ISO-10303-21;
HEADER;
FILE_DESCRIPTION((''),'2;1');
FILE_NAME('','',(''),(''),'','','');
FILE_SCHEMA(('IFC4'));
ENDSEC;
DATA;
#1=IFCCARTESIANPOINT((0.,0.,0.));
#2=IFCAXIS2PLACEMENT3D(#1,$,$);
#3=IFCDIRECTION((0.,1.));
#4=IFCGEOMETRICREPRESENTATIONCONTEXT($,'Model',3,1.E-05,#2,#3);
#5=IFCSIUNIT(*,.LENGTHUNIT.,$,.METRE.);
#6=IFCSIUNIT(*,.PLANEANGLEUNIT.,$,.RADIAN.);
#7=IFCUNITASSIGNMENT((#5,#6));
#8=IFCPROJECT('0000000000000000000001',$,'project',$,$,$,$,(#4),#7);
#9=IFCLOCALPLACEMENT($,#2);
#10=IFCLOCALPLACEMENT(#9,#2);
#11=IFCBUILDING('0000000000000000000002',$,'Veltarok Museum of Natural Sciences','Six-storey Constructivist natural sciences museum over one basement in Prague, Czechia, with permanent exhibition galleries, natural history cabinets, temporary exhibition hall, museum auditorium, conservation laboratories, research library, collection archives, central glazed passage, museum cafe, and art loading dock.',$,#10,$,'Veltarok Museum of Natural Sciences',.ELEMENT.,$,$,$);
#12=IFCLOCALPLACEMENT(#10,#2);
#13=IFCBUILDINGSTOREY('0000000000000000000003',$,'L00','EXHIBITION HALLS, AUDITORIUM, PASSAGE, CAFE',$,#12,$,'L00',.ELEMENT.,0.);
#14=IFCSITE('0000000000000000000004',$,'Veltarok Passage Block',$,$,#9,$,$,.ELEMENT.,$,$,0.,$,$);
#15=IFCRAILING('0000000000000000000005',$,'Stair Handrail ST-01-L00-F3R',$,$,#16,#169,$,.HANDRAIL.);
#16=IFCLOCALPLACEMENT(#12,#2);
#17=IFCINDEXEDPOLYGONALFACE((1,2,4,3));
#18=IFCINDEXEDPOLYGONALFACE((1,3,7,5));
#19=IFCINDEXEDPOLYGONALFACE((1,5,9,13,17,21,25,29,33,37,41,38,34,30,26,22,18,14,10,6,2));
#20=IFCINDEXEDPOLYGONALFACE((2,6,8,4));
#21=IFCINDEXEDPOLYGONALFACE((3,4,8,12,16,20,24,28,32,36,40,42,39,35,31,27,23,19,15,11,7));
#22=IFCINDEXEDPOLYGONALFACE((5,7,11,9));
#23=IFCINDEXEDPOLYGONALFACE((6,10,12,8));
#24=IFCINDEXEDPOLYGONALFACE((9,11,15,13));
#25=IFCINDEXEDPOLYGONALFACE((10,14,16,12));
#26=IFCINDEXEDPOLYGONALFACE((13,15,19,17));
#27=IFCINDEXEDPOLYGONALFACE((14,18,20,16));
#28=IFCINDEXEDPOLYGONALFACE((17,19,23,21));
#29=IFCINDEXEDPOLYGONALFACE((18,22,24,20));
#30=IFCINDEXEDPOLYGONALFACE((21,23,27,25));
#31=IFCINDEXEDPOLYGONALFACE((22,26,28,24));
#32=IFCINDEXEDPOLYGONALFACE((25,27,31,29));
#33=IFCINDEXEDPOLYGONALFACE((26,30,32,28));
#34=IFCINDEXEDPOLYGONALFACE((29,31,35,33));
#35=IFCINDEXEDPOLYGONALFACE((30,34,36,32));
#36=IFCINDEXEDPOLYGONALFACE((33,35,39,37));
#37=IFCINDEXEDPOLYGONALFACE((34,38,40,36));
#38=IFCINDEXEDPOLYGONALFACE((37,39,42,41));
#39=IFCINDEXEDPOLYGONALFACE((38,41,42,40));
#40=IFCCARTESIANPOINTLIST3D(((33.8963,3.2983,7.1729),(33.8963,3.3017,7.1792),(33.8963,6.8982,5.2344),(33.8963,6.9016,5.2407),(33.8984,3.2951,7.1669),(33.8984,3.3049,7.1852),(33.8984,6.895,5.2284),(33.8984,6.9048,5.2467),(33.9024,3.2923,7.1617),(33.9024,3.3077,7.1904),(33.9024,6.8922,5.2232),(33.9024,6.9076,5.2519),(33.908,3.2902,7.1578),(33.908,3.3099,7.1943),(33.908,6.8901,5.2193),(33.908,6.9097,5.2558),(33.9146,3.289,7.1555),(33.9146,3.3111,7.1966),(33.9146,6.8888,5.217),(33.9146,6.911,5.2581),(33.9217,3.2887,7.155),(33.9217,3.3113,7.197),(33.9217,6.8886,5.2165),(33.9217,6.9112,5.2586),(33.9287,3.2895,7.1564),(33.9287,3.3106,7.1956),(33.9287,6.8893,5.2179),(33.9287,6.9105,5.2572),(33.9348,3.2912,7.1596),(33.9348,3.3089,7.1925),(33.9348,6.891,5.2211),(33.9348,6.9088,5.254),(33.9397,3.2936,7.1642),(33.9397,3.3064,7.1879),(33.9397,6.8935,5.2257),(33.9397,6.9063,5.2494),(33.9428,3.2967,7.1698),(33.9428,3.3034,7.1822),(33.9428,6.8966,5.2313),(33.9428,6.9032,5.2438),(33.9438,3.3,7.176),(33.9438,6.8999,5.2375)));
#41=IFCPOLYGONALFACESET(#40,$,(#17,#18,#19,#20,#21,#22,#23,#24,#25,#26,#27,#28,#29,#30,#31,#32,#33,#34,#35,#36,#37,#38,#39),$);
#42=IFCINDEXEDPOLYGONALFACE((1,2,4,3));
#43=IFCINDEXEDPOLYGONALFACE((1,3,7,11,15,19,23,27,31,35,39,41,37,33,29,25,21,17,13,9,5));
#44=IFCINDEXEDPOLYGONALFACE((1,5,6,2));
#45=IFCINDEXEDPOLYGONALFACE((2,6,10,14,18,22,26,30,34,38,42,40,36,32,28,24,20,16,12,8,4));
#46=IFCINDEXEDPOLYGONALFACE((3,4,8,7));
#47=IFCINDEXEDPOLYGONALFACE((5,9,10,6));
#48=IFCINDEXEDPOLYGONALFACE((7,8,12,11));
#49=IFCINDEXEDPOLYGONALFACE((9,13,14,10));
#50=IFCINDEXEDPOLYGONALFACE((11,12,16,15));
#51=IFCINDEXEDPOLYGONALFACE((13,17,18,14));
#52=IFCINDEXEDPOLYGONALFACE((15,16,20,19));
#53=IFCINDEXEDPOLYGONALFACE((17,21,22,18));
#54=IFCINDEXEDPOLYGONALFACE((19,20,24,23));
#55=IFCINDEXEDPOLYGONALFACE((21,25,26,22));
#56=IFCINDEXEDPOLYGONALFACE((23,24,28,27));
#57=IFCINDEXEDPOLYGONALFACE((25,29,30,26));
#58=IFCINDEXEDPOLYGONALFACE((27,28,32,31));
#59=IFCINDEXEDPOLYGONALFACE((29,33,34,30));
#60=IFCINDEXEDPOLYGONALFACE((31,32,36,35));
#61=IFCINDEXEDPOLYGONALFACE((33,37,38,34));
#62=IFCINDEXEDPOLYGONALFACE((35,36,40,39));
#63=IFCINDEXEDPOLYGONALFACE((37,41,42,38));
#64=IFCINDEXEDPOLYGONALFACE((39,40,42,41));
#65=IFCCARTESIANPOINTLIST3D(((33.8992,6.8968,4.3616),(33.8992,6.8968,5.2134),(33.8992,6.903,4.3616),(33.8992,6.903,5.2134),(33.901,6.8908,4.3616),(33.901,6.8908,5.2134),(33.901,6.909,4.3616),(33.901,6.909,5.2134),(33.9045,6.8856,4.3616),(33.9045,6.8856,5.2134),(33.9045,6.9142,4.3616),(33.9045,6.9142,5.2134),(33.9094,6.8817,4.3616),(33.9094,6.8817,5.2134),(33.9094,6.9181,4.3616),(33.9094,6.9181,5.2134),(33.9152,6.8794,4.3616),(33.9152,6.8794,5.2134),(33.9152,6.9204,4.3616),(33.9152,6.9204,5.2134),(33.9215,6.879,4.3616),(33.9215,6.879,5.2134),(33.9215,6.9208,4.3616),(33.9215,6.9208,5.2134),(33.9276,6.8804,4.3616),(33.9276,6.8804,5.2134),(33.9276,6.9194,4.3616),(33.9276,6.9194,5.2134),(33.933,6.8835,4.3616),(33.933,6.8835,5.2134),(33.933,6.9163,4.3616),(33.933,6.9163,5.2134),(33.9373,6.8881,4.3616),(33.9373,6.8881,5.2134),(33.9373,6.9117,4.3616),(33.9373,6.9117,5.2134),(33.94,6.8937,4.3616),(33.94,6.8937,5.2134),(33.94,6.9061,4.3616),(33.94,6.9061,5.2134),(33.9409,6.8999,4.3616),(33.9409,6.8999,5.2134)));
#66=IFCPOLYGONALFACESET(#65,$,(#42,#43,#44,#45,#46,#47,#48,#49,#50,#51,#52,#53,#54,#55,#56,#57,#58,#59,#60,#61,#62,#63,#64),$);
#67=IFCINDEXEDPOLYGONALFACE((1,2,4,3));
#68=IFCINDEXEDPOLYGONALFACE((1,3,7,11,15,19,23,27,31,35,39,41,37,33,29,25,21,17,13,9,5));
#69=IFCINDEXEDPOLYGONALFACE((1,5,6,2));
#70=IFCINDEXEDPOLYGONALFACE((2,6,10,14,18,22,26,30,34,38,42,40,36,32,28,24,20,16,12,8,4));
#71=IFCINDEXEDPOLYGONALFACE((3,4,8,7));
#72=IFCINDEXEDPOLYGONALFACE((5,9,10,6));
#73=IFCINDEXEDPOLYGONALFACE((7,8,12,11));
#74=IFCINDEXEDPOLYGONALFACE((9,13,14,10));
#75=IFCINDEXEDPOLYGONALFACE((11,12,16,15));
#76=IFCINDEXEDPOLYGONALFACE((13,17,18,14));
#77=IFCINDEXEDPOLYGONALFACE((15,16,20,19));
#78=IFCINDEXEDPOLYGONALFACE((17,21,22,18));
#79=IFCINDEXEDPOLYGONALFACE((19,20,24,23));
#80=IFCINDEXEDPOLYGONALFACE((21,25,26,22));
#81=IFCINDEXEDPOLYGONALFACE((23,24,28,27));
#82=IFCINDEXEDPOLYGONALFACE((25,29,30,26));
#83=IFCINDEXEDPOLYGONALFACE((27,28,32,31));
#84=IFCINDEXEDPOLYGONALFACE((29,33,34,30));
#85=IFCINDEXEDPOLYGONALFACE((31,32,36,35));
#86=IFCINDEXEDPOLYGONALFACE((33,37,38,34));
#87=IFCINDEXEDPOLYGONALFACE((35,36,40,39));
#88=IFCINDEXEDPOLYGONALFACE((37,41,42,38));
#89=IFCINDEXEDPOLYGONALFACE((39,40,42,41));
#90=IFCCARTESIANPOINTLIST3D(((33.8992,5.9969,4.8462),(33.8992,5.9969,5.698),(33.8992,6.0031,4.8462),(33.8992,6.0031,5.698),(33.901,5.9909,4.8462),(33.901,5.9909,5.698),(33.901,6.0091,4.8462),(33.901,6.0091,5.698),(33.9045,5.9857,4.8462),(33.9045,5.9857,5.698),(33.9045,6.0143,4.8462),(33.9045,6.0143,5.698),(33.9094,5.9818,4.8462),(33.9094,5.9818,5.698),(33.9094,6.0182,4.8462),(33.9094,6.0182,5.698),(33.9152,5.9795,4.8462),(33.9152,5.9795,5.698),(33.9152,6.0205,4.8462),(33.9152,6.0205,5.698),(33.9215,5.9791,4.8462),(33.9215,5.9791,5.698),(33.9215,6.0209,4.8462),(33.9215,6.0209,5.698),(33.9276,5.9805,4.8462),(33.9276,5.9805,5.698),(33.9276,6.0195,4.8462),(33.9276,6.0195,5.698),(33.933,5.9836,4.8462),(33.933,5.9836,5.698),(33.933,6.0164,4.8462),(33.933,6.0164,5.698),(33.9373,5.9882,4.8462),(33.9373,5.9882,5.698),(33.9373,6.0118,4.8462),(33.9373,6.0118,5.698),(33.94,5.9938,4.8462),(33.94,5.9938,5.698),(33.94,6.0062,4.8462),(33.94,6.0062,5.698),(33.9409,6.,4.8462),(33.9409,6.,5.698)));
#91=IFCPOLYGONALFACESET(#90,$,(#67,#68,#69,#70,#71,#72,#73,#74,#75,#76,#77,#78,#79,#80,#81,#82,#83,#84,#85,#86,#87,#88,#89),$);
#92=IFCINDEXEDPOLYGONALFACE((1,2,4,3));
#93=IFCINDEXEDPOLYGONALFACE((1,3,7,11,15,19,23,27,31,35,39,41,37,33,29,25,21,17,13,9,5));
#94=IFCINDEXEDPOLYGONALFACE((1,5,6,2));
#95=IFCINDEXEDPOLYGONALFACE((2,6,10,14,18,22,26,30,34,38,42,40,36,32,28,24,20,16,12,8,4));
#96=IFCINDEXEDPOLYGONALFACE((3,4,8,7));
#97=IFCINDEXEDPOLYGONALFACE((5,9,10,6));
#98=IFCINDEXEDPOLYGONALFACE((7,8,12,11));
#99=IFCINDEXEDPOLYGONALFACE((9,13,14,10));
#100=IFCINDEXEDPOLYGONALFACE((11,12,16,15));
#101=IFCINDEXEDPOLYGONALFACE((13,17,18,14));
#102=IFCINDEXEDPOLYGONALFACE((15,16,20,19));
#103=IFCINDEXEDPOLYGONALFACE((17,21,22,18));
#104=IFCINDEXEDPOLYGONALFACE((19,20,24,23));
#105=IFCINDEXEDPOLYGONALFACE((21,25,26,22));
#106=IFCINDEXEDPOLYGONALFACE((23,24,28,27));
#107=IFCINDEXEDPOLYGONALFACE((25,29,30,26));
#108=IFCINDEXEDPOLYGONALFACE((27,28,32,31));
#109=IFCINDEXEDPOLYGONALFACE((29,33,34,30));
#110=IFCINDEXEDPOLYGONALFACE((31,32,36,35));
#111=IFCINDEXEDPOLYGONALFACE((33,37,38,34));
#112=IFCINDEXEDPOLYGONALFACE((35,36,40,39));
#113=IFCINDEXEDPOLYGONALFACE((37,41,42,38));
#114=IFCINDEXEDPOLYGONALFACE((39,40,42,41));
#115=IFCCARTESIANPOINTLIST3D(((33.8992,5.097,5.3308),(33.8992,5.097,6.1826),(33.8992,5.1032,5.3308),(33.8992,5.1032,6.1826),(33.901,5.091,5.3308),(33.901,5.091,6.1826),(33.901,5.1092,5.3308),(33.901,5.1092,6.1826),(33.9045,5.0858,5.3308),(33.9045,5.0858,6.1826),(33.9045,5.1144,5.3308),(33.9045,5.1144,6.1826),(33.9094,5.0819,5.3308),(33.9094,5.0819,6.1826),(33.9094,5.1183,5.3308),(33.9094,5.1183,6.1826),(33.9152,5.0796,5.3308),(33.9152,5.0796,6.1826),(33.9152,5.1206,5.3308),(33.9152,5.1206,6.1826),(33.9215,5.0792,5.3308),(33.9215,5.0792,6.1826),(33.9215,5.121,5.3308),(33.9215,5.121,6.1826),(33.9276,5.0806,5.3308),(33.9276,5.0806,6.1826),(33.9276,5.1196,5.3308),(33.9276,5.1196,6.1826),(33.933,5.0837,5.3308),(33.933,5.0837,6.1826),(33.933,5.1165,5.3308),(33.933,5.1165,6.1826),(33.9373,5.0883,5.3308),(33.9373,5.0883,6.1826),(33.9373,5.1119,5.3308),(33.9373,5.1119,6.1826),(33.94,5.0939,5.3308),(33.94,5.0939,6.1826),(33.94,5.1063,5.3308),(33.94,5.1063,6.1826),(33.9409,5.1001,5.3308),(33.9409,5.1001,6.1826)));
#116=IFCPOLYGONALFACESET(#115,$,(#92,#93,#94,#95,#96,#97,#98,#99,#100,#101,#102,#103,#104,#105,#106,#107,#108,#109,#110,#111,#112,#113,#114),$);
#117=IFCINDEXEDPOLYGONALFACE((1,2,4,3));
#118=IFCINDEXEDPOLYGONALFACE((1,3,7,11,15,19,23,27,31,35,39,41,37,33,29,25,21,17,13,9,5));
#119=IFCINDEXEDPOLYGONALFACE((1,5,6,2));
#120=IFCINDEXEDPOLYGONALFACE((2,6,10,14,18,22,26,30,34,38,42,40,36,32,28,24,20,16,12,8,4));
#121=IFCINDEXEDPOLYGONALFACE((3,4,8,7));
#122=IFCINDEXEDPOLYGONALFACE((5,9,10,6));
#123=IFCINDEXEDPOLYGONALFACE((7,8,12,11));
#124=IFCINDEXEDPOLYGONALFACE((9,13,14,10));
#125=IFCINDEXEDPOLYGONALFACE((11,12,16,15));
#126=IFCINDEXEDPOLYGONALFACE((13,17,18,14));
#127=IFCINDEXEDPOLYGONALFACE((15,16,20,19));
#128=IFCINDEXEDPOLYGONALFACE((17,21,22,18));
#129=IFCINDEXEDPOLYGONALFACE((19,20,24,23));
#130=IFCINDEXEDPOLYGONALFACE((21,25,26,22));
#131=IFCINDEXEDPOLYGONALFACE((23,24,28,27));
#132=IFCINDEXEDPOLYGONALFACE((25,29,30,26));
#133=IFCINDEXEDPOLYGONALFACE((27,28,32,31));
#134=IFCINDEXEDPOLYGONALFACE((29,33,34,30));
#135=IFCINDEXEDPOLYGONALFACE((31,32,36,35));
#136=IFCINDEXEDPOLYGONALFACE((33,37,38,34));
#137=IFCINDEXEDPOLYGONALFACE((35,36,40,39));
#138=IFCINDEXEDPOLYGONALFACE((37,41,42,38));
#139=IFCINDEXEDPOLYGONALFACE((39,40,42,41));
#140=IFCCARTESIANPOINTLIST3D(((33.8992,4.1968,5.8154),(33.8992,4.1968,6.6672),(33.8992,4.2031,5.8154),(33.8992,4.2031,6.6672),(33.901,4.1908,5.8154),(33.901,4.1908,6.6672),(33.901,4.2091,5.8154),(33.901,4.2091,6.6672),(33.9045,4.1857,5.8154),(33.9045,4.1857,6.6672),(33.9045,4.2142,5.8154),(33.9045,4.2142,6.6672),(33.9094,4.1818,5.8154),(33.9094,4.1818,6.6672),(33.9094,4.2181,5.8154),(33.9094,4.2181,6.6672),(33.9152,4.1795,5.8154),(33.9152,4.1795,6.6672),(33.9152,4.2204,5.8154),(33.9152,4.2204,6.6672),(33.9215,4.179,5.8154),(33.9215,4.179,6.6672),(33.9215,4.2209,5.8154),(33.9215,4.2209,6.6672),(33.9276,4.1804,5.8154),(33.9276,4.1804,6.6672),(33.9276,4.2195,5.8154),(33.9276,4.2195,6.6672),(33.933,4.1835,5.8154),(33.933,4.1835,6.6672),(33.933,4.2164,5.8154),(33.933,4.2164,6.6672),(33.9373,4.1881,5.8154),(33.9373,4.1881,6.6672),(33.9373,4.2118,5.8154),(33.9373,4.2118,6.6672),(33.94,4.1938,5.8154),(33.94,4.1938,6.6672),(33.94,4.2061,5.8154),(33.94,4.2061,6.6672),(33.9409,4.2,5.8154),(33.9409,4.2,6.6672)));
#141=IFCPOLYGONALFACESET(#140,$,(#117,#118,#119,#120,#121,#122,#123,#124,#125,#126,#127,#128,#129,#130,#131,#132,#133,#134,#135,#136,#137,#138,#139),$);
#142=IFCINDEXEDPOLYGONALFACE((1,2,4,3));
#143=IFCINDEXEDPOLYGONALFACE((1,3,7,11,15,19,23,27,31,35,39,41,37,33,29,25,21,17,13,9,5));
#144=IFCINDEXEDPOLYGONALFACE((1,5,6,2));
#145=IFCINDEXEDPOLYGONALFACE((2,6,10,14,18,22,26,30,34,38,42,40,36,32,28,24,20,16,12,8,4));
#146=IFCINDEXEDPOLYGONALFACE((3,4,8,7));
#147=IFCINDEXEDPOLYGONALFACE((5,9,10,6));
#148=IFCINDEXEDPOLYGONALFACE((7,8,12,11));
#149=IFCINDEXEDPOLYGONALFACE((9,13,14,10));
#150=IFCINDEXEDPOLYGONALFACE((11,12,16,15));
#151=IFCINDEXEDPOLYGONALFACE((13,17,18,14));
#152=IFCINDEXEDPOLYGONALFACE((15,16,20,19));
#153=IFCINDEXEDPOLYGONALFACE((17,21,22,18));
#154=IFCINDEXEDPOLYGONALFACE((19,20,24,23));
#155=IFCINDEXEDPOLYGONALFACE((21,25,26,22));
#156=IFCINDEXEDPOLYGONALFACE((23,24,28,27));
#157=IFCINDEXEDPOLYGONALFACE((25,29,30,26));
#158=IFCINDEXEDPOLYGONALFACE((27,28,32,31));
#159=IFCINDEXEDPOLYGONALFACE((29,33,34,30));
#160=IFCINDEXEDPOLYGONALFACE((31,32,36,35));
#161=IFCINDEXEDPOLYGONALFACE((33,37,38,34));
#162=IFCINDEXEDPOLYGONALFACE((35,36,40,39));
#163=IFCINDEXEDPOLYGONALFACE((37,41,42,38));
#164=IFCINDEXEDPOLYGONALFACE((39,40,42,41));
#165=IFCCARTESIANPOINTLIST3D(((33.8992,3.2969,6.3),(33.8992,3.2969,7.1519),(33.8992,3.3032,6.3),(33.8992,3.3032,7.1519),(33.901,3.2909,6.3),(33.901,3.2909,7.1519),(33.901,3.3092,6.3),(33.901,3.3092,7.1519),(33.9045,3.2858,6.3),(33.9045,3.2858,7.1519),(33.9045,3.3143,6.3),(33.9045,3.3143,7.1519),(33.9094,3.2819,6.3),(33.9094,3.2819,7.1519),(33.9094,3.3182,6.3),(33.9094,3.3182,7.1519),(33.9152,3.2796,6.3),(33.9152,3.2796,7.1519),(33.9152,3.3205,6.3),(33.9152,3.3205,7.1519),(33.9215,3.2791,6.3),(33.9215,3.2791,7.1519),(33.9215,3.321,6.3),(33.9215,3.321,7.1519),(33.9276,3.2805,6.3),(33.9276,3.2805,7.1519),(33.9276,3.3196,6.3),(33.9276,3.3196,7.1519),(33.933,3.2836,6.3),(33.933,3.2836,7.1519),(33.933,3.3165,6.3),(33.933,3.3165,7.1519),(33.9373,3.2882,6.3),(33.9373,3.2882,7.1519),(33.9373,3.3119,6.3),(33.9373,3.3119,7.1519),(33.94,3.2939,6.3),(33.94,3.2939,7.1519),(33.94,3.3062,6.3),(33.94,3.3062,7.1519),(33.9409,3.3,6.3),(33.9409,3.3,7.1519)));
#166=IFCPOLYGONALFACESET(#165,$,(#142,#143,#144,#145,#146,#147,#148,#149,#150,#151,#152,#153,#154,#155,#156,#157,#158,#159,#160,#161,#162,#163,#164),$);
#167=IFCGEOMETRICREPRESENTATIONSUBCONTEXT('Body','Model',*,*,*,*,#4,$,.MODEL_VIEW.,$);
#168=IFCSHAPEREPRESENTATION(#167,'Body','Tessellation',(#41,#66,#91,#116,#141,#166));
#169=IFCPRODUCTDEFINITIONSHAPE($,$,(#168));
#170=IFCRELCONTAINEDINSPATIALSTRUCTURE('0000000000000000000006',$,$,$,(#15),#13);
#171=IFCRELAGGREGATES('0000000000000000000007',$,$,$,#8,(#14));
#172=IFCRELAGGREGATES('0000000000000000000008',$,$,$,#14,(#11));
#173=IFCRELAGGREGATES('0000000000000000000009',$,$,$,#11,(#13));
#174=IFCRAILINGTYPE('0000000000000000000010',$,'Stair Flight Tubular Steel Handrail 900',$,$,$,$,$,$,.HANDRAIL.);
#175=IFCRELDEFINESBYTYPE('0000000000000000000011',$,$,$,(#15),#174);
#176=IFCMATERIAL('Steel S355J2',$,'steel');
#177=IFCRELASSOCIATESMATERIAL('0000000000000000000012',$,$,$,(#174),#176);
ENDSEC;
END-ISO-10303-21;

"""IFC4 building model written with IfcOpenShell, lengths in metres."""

from ifc_helpers import new_model, si_unit, direction, frame, origin, origin_2d, place, context, subcontext, project, spatial, circle, extrude, material, type_object, element, save


model = new_model("IFC4")

# Units and contexts
model_context = context("Model", 3, precision=1e-05, world=origin(), true_north=direction((0.0, 1.0)))
body_context = subcontext(model_context, "Body", "Model", "MODEL_VIEW")
ifc_project = project(units=[si_unit("LENGTHUNIT", "METRE"), si_unit("PLANEANGLEUNIT", "RADIAN")], contexts=[model_context])

# Site, building, storey
site_placement = place(None, origin())
site = spatial("IfcSite", under=ifc_project, at=site_placement, Name="Veltarok Passage Block", CompositionType="ELEMENT", RefElevation=0.0)
building_placement = place(site_placement, origin())
building = spatial("IfcBuilding", under=site, at=building_placement, Name="Veltarok Museum of Natural Sciences", Description="Six-storey Constructivist natural sciences museum over one basement in Prague, Czechia, with permanent exhibition galleries, natural history cabinets, temporary exhibition hall, museum auditorium, conservation laboratories, research library, collection archives, central glazed passage, museum cafe, and art loading dock.", LongName="Veltarok Museum of Natural Sciences", CompositionType="ELEMENT")
storey_placement = place(building_placement, origin())
storey = spatial("IfcBuildingStorey", under=building, at=storey_placement, Name="L00", Description="EXHIBITION HALLS, AUDITORIUM, PASSAGE, CAFE", LongName="L00", CompositionType="ELEMENT", Elevation=0.0)

# Shared definitions
ifc_material_1 = material(Name="Steel S355J2", Category="steel")

# Railing
railing_type_1 = type_object("IfcRailingType", Name="Stair Flight Tubular Steel Handrail 900", PredefinedType="HANDRAIL", material=ifc_material_1)
for number, where, name in (
    (1, (33.9199, 6.8999, 4.3616), "Stair Handrail ST-01-L00-F3R"),
):
    element("IfcRailing", number, at=place(storey_placement, frame(where)), inside=storey, type_object=railing_type_1, Name=name, PredefinedType="HANDRAIL", context=body_context, shape_type="SweptSolid", body=[
        extrude(circle(Radius=0.0239, at=origin_2d()), frame((0.0, 0.0, 0.876), z_axis=(0.0, -0.880462, 0.474118), x_axis=(1.0, 0.0, 0.0)), (0.0, 0.0, 1.0), 4.0886),
        extrude(circle(Radius=0.021, at=origin_2d()), origin(), (0.0, 0.0, 1.0), 0.8518),
        extrude(circle(Radius=0.021, at=origin_2d()), frame((0.0, -0.8999, 0.4846)), (0.0, 0.0, 1.0), 0.8518),
        extrude(circle(Radius=0.021, at=origin_2d()), frame((0.0, -1.7998, 0.9692)), (0.0, 0.0, 1.0), 0.8518),
        extrude(circle(Radius=0.021, at=origin_2d()), frame((0.0, -2.7, 1.4539)), (0.0, 0.0, 1.0), 0.8518),
        extrude(circle(Radius=0.021, at=origin_2d()), frame((0.0, -3.5999, 1.9385)), (0.0, 0.0, 1.0), 0.8518),
    ])

save(model, "model.ifc")
